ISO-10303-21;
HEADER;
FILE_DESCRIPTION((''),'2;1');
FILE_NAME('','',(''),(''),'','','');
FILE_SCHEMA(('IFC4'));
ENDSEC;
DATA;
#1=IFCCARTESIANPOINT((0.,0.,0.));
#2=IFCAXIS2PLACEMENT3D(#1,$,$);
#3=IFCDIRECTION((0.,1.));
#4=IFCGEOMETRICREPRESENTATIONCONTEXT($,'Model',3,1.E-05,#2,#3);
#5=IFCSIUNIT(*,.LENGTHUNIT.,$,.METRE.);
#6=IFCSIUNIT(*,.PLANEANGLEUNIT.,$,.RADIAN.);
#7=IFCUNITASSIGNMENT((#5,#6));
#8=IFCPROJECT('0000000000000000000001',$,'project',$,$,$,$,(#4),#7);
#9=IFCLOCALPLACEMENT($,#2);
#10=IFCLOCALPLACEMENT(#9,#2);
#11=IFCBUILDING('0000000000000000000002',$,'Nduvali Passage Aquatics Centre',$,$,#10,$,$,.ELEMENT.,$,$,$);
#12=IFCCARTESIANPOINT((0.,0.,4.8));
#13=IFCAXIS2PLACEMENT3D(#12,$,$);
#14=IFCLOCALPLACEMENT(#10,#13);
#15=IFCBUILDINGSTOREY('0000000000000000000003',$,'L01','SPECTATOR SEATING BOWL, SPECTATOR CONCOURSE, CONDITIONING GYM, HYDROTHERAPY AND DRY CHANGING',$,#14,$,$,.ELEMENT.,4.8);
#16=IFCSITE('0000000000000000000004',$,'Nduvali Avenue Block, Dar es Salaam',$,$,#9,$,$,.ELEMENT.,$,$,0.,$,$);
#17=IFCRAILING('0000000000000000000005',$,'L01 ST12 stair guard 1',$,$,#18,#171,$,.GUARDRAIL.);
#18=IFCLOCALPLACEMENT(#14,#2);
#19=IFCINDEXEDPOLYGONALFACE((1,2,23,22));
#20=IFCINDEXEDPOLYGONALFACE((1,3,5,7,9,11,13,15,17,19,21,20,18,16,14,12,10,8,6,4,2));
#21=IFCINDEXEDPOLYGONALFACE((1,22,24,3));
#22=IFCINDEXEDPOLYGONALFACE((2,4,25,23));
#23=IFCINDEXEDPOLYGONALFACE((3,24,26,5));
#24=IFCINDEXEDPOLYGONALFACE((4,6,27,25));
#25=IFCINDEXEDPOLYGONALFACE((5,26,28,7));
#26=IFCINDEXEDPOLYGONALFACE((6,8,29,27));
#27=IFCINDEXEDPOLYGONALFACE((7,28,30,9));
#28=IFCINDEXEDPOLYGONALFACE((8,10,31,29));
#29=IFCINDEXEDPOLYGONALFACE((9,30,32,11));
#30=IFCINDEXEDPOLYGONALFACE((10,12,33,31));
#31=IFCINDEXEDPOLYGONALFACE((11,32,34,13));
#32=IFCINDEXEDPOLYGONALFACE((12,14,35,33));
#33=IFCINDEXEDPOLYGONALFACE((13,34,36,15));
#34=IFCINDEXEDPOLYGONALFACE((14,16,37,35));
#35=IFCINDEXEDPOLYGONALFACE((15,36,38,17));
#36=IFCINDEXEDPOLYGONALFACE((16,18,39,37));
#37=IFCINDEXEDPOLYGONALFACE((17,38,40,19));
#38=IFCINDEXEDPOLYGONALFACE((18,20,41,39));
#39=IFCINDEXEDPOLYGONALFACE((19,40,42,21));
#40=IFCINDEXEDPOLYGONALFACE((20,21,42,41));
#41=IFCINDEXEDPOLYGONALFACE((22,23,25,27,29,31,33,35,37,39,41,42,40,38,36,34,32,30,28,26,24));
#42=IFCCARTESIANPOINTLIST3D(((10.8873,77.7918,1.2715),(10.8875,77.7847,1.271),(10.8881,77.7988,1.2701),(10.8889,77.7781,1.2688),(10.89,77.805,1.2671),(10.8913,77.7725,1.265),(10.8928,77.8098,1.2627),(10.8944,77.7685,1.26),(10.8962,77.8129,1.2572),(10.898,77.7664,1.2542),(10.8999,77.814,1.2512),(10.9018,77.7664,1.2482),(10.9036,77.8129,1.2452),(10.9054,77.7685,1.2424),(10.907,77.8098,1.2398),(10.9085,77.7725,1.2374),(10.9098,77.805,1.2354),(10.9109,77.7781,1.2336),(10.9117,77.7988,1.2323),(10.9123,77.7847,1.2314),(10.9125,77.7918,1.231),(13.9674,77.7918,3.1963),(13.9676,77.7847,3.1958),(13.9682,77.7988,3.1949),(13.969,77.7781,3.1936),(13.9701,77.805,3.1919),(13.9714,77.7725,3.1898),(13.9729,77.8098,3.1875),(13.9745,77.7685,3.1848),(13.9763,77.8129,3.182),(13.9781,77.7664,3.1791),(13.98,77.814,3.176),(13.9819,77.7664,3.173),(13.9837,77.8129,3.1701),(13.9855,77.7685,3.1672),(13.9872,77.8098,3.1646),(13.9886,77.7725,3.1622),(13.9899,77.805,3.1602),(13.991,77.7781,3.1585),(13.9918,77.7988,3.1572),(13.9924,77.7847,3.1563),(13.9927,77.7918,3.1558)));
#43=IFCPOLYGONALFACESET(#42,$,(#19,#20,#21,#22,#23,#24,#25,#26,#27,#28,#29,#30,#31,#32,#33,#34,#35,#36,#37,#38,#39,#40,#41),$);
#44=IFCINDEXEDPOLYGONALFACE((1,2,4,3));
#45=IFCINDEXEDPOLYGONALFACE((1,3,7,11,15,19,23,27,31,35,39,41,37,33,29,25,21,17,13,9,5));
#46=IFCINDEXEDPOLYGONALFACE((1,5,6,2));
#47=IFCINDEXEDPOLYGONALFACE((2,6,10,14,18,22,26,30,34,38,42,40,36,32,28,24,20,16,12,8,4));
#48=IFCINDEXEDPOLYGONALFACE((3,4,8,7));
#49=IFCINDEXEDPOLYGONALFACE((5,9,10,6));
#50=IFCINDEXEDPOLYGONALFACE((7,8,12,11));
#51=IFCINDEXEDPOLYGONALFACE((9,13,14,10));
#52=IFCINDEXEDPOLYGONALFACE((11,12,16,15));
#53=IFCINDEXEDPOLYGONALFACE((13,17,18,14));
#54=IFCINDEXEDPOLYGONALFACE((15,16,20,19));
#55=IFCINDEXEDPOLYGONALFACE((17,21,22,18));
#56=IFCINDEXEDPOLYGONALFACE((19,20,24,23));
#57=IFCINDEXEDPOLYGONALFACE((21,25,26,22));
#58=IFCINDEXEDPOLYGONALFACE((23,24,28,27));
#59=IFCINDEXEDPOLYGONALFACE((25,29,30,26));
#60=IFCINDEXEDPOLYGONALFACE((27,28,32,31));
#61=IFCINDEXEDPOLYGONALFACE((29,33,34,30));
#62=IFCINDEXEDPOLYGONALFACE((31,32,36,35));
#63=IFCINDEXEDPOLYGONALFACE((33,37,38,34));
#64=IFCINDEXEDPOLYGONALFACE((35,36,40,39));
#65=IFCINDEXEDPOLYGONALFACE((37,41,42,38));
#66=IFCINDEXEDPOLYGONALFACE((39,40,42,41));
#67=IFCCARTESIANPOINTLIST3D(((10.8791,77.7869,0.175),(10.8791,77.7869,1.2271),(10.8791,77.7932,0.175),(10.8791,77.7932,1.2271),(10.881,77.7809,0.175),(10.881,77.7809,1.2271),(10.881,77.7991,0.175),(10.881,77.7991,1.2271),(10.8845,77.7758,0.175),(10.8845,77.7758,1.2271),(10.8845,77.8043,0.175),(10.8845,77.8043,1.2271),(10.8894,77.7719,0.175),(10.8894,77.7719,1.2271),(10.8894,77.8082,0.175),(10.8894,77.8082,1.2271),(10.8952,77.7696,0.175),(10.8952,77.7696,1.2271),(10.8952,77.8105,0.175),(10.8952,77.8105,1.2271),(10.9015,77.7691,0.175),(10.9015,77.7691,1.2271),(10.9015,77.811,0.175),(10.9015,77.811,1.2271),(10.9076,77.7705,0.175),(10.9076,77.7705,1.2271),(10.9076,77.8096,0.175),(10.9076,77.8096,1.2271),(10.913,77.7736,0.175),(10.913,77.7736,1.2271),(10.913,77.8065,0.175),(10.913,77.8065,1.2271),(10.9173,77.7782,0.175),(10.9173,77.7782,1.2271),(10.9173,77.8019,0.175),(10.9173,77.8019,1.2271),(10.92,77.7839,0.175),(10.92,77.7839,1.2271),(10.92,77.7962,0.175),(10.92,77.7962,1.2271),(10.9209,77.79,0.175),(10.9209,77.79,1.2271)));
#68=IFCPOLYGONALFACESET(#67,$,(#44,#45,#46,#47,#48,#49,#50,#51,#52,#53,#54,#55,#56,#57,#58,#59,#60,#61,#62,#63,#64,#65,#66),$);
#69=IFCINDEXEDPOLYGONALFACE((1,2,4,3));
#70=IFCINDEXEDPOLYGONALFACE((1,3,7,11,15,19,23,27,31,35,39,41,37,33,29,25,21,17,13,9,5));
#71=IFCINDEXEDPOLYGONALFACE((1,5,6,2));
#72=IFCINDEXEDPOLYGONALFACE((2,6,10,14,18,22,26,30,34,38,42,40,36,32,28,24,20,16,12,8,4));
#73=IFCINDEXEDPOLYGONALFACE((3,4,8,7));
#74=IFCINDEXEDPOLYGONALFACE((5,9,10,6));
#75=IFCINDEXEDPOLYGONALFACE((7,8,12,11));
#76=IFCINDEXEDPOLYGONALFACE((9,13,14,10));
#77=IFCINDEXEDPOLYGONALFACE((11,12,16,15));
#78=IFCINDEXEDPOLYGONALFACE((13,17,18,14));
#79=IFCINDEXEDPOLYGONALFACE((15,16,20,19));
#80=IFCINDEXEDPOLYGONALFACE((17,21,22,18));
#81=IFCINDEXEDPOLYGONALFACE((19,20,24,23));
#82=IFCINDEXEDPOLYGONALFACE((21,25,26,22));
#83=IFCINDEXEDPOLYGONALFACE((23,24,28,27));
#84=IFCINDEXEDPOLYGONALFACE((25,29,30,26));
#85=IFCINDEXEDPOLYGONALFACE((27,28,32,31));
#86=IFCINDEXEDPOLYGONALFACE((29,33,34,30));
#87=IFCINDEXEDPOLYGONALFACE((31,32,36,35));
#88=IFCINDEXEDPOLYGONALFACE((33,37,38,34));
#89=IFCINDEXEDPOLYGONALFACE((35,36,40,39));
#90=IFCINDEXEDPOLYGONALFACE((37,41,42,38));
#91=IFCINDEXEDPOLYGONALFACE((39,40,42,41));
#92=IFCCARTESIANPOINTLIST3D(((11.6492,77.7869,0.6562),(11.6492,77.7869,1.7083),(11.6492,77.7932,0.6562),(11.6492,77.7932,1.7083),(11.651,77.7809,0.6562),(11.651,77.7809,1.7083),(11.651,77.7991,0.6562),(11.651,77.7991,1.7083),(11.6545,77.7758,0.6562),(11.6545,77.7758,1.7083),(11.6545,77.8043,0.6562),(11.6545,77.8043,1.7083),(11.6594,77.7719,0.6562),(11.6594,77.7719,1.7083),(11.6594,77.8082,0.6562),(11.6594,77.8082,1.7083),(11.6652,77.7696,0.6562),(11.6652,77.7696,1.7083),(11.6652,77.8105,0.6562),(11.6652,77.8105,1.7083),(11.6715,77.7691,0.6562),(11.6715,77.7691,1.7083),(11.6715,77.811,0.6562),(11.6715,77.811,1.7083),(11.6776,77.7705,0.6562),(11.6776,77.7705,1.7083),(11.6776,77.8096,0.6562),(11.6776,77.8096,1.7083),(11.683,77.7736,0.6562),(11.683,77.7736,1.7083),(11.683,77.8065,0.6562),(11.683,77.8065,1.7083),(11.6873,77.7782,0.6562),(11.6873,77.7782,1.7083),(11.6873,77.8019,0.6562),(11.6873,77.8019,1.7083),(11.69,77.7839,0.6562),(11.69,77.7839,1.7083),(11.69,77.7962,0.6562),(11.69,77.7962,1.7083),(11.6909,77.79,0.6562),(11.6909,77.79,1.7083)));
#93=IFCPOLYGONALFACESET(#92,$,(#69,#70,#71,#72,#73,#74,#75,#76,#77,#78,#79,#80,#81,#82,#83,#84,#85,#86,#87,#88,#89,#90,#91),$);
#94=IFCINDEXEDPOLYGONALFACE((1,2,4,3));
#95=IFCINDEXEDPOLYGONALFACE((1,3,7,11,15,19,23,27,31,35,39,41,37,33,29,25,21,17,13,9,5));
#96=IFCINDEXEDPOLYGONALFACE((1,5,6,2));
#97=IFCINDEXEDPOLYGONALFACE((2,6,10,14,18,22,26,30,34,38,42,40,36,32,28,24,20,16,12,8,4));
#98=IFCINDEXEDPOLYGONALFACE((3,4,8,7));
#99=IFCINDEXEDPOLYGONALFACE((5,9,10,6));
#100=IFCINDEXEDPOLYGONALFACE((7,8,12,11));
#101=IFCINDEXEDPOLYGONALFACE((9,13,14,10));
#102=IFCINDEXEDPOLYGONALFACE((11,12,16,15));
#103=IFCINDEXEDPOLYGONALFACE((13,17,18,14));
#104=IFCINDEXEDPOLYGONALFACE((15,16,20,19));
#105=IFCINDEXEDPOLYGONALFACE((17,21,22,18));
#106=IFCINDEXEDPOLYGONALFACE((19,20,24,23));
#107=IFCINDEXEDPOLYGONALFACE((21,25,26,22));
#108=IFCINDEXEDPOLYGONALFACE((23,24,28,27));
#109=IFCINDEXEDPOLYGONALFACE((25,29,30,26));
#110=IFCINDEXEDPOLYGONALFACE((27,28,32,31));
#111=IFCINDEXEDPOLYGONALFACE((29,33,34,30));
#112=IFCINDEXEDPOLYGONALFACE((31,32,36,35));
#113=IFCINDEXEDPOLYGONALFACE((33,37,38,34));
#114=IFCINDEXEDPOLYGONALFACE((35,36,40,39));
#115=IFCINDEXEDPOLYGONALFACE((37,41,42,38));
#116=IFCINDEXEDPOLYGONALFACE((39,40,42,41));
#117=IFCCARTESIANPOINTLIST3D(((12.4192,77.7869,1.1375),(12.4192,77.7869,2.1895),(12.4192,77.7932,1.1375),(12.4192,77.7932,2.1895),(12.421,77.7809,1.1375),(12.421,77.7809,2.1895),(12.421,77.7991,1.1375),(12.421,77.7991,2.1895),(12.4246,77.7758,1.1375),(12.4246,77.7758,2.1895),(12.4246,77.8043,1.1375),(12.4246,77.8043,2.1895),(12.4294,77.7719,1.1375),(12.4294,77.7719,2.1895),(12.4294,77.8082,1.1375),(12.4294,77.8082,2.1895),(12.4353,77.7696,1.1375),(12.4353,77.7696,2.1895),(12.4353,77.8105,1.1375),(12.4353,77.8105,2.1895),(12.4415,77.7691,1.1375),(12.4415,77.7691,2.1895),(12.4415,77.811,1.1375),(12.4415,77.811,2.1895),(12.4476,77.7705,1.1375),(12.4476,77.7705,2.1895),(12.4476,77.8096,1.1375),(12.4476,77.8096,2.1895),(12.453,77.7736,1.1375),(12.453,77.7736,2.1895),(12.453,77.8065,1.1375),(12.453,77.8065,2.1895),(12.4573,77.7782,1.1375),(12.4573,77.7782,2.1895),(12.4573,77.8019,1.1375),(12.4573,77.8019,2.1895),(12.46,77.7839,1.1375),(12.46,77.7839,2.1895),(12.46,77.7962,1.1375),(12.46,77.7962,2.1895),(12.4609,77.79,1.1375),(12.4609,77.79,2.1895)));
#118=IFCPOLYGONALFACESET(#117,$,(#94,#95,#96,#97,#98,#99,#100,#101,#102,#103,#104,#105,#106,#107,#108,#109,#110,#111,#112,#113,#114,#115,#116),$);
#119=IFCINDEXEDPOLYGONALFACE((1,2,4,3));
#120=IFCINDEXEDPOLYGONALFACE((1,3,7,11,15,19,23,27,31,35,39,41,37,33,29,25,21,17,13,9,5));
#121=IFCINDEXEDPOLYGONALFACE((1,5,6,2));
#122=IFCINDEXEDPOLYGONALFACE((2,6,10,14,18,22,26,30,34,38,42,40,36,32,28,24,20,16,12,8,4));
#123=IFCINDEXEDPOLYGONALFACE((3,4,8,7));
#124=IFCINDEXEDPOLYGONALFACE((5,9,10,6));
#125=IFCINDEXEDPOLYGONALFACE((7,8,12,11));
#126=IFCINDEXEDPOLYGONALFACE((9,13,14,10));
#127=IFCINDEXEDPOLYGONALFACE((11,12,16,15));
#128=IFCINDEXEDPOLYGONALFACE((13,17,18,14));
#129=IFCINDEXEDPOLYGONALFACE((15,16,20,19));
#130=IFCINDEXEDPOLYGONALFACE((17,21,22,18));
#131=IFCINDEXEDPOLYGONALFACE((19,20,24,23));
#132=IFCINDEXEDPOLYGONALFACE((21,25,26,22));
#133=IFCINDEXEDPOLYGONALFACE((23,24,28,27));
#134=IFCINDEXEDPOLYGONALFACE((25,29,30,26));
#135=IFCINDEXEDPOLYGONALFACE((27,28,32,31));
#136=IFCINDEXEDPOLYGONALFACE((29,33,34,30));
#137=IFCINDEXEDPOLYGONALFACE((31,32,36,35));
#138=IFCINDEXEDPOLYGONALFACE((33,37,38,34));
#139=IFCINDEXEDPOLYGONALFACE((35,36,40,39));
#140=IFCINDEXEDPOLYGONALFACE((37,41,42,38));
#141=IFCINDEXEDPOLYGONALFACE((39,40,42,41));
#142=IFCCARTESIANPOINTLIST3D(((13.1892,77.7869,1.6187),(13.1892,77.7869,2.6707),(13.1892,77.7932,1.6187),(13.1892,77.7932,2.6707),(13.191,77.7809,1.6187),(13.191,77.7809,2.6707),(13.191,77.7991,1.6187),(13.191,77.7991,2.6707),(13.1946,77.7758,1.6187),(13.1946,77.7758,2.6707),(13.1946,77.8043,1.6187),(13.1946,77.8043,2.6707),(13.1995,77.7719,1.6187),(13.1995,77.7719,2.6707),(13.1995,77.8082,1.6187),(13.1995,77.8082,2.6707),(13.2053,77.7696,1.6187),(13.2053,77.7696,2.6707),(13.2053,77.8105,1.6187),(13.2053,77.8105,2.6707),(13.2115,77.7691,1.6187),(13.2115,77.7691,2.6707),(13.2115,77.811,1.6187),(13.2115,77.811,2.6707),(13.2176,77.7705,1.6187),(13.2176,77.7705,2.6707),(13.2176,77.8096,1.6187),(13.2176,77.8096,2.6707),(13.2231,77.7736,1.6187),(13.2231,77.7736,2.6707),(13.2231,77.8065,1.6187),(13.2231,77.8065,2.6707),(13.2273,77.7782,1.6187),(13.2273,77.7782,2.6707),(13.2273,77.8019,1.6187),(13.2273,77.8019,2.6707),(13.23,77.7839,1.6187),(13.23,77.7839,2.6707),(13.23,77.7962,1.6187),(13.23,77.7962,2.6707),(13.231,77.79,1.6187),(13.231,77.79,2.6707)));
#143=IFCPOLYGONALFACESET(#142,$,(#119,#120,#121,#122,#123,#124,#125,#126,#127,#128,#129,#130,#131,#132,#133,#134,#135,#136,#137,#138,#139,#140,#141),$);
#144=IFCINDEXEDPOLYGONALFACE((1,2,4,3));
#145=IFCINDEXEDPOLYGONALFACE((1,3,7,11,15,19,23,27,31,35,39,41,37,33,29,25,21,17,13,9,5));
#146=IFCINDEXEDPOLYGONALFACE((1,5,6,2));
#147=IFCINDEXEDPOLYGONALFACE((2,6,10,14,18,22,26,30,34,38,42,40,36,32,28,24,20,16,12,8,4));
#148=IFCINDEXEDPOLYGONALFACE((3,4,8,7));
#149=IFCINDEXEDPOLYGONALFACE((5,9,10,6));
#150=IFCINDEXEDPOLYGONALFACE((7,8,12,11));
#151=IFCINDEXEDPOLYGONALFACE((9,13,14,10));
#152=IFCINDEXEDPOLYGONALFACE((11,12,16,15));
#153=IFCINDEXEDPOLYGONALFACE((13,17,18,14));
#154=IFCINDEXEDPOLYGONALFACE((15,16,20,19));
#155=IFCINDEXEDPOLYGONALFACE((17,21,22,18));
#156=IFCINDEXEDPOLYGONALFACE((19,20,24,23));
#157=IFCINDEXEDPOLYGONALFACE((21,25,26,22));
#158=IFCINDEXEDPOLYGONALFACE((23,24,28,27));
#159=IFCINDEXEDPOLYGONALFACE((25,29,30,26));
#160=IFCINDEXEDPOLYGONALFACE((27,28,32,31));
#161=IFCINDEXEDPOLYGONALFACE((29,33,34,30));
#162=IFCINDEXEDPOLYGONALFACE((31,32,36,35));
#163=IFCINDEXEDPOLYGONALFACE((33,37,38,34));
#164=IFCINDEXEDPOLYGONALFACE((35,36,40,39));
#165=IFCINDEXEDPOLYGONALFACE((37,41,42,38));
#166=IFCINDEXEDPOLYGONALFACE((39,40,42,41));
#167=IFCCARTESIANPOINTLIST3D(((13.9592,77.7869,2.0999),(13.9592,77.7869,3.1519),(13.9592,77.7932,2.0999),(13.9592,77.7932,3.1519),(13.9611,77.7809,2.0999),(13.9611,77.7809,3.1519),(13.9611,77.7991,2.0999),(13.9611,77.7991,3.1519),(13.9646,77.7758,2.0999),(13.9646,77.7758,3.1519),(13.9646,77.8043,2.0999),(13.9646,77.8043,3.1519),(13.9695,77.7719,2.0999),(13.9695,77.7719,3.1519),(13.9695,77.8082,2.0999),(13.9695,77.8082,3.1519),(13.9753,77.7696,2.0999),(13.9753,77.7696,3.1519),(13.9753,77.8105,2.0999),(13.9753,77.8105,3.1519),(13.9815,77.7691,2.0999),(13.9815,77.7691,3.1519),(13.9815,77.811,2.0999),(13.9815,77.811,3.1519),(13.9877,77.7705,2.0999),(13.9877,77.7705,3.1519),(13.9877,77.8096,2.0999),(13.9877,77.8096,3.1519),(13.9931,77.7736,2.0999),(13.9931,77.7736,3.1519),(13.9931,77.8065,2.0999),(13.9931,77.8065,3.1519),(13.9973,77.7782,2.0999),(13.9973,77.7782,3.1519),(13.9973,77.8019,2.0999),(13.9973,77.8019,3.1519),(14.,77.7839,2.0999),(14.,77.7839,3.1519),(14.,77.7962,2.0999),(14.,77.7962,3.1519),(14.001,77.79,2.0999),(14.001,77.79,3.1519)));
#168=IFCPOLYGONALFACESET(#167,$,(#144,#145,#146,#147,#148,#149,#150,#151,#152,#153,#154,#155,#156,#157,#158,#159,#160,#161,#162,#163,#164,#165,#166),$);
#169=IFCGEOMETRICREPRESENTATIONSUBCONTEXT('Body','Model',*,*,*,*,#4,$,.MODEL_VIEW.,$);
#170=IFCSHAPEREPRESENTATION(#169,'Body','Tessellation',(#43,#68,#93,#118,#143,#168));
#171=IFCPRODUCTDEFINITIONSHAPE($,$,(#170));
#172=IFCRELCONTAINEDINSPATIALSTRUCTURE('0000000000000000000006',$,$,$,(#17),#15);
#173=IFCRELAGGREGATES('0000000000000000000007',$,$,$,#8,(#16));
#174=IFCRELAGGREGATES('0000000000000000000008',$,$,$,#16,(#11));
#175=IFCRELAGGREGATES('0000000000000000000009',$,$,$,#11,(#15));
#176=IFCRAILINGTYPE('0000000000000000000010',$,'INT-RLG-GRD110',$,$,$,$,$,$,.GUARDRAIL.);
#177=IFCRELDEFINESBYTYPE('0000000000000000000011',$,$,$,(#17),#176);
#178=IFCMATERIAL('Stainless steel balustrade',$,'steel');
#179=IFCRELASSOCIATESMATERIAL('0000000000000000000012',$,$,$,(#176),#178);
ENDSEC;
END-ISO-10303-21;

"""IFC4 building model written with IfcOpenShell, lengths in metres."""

from ifc_helpers import new_model, si_unit, direction, frame, origin, origin_2d, place, context, subcontext, project, spatial, circle, extrude, material, type_object, element, save


model = new_model("IFC4")

# Units and contexts
model_context = context("Model", 3, precision=1e-05, world=origin(), true_north=direction((0.0, 1.0)))
body_context = subcontext(model_context, "Body", "Model", "MODEL_VIEW")
ifc_project = project(units=[si_unit("LENGTHUNIT", "METRE"), si_unit("PLANEANGLEUNIT", "RADIAN")], contexts=[model_context])

# Site, building, storey
site_placement = place(None, origin())
site = spatial("IfcSite", under=ifc_project, at=site_placement, Name="Nduvali Avenue Block, Dar es Salaam", CompositionType="ELEMENT", RefElevation=0.0)
building_placement = place(site_placement, origin())
building = spatial("IfcBuilding", under=site, at=building_placement, Name="Nduvali Passage Aquatics Centre", CompositionType="ELEMENT")
storey_placement = place(building_placement, frame((0.0, 0.0, 4.8)))
storey = spatial("IfcBuildingStorey", under=building, at=storey_placement, Name="L01", Description="SPECTATOR SEATING BOWL, SPECTATOR CONCOURSE, CONDITIONING GYM, HYDROTHERAPY AND DRY CHANGING", CompositionType="ELEMENT", Elevation=4.8)

# Railing
ifc_material_1 = material(Name="Stainless steel balustrade", Category="steel")
railing_type_1 = type_object("IfcRailingType", Name="INT-RLG-GRD110", PredefinedType="GUARDRAIL", material=ifc_material_1)
railing_1_placement = place(storey_placement, frame((10.8999, 77.79, 0.175)))
element("IfcRailing", 1, at=railing_1_placement, inside=storey, type_object=railing_type_1, Name="L01 ST12 stair guard 1", PredefinedType="GUARDRAIL", context=body_context, shape_type="SweptSolid", body=[
    extrude(circle(Radius=0.0239, at=origin_2d()), frame((0.0, 0.0, 1.0762), z_axis=(0.848029, 0.0, 0.529951), x_axis=(0.0, 1.0, 0.0)), (0.0, 0.0, 1.0), 3.6321),
    extrude(circle(Radius=0.021, at=origin_2d()), origin(), (0.0, 0.0, 1.0), 1.052),
    extrude(circle(Radius=0.021, at=origin_2d()), frame((0.77, 0.0, 0.4812)), (0.0, 0.0, 1.0), 1.052),
    extrude(circle(Radius=0.021, at=origin_2d()), frame((1.54, 0.0, 0.9624)), (0.0, 0.0, 1.0), 1.052),
    extrude(circle(Radius=0.021, at=origin_2d()), frame((2.3101, 0.0, 1.4436)), (0.0, 0.0, 1.0), 1.052),
    extrude(circle(Radius=0.021, at=origin_2d()), frame((3.0801, 0.0, 1.9248)), (0.0, 0.0, 1.0), 1.052),
])

save(model, "model.ifc")
